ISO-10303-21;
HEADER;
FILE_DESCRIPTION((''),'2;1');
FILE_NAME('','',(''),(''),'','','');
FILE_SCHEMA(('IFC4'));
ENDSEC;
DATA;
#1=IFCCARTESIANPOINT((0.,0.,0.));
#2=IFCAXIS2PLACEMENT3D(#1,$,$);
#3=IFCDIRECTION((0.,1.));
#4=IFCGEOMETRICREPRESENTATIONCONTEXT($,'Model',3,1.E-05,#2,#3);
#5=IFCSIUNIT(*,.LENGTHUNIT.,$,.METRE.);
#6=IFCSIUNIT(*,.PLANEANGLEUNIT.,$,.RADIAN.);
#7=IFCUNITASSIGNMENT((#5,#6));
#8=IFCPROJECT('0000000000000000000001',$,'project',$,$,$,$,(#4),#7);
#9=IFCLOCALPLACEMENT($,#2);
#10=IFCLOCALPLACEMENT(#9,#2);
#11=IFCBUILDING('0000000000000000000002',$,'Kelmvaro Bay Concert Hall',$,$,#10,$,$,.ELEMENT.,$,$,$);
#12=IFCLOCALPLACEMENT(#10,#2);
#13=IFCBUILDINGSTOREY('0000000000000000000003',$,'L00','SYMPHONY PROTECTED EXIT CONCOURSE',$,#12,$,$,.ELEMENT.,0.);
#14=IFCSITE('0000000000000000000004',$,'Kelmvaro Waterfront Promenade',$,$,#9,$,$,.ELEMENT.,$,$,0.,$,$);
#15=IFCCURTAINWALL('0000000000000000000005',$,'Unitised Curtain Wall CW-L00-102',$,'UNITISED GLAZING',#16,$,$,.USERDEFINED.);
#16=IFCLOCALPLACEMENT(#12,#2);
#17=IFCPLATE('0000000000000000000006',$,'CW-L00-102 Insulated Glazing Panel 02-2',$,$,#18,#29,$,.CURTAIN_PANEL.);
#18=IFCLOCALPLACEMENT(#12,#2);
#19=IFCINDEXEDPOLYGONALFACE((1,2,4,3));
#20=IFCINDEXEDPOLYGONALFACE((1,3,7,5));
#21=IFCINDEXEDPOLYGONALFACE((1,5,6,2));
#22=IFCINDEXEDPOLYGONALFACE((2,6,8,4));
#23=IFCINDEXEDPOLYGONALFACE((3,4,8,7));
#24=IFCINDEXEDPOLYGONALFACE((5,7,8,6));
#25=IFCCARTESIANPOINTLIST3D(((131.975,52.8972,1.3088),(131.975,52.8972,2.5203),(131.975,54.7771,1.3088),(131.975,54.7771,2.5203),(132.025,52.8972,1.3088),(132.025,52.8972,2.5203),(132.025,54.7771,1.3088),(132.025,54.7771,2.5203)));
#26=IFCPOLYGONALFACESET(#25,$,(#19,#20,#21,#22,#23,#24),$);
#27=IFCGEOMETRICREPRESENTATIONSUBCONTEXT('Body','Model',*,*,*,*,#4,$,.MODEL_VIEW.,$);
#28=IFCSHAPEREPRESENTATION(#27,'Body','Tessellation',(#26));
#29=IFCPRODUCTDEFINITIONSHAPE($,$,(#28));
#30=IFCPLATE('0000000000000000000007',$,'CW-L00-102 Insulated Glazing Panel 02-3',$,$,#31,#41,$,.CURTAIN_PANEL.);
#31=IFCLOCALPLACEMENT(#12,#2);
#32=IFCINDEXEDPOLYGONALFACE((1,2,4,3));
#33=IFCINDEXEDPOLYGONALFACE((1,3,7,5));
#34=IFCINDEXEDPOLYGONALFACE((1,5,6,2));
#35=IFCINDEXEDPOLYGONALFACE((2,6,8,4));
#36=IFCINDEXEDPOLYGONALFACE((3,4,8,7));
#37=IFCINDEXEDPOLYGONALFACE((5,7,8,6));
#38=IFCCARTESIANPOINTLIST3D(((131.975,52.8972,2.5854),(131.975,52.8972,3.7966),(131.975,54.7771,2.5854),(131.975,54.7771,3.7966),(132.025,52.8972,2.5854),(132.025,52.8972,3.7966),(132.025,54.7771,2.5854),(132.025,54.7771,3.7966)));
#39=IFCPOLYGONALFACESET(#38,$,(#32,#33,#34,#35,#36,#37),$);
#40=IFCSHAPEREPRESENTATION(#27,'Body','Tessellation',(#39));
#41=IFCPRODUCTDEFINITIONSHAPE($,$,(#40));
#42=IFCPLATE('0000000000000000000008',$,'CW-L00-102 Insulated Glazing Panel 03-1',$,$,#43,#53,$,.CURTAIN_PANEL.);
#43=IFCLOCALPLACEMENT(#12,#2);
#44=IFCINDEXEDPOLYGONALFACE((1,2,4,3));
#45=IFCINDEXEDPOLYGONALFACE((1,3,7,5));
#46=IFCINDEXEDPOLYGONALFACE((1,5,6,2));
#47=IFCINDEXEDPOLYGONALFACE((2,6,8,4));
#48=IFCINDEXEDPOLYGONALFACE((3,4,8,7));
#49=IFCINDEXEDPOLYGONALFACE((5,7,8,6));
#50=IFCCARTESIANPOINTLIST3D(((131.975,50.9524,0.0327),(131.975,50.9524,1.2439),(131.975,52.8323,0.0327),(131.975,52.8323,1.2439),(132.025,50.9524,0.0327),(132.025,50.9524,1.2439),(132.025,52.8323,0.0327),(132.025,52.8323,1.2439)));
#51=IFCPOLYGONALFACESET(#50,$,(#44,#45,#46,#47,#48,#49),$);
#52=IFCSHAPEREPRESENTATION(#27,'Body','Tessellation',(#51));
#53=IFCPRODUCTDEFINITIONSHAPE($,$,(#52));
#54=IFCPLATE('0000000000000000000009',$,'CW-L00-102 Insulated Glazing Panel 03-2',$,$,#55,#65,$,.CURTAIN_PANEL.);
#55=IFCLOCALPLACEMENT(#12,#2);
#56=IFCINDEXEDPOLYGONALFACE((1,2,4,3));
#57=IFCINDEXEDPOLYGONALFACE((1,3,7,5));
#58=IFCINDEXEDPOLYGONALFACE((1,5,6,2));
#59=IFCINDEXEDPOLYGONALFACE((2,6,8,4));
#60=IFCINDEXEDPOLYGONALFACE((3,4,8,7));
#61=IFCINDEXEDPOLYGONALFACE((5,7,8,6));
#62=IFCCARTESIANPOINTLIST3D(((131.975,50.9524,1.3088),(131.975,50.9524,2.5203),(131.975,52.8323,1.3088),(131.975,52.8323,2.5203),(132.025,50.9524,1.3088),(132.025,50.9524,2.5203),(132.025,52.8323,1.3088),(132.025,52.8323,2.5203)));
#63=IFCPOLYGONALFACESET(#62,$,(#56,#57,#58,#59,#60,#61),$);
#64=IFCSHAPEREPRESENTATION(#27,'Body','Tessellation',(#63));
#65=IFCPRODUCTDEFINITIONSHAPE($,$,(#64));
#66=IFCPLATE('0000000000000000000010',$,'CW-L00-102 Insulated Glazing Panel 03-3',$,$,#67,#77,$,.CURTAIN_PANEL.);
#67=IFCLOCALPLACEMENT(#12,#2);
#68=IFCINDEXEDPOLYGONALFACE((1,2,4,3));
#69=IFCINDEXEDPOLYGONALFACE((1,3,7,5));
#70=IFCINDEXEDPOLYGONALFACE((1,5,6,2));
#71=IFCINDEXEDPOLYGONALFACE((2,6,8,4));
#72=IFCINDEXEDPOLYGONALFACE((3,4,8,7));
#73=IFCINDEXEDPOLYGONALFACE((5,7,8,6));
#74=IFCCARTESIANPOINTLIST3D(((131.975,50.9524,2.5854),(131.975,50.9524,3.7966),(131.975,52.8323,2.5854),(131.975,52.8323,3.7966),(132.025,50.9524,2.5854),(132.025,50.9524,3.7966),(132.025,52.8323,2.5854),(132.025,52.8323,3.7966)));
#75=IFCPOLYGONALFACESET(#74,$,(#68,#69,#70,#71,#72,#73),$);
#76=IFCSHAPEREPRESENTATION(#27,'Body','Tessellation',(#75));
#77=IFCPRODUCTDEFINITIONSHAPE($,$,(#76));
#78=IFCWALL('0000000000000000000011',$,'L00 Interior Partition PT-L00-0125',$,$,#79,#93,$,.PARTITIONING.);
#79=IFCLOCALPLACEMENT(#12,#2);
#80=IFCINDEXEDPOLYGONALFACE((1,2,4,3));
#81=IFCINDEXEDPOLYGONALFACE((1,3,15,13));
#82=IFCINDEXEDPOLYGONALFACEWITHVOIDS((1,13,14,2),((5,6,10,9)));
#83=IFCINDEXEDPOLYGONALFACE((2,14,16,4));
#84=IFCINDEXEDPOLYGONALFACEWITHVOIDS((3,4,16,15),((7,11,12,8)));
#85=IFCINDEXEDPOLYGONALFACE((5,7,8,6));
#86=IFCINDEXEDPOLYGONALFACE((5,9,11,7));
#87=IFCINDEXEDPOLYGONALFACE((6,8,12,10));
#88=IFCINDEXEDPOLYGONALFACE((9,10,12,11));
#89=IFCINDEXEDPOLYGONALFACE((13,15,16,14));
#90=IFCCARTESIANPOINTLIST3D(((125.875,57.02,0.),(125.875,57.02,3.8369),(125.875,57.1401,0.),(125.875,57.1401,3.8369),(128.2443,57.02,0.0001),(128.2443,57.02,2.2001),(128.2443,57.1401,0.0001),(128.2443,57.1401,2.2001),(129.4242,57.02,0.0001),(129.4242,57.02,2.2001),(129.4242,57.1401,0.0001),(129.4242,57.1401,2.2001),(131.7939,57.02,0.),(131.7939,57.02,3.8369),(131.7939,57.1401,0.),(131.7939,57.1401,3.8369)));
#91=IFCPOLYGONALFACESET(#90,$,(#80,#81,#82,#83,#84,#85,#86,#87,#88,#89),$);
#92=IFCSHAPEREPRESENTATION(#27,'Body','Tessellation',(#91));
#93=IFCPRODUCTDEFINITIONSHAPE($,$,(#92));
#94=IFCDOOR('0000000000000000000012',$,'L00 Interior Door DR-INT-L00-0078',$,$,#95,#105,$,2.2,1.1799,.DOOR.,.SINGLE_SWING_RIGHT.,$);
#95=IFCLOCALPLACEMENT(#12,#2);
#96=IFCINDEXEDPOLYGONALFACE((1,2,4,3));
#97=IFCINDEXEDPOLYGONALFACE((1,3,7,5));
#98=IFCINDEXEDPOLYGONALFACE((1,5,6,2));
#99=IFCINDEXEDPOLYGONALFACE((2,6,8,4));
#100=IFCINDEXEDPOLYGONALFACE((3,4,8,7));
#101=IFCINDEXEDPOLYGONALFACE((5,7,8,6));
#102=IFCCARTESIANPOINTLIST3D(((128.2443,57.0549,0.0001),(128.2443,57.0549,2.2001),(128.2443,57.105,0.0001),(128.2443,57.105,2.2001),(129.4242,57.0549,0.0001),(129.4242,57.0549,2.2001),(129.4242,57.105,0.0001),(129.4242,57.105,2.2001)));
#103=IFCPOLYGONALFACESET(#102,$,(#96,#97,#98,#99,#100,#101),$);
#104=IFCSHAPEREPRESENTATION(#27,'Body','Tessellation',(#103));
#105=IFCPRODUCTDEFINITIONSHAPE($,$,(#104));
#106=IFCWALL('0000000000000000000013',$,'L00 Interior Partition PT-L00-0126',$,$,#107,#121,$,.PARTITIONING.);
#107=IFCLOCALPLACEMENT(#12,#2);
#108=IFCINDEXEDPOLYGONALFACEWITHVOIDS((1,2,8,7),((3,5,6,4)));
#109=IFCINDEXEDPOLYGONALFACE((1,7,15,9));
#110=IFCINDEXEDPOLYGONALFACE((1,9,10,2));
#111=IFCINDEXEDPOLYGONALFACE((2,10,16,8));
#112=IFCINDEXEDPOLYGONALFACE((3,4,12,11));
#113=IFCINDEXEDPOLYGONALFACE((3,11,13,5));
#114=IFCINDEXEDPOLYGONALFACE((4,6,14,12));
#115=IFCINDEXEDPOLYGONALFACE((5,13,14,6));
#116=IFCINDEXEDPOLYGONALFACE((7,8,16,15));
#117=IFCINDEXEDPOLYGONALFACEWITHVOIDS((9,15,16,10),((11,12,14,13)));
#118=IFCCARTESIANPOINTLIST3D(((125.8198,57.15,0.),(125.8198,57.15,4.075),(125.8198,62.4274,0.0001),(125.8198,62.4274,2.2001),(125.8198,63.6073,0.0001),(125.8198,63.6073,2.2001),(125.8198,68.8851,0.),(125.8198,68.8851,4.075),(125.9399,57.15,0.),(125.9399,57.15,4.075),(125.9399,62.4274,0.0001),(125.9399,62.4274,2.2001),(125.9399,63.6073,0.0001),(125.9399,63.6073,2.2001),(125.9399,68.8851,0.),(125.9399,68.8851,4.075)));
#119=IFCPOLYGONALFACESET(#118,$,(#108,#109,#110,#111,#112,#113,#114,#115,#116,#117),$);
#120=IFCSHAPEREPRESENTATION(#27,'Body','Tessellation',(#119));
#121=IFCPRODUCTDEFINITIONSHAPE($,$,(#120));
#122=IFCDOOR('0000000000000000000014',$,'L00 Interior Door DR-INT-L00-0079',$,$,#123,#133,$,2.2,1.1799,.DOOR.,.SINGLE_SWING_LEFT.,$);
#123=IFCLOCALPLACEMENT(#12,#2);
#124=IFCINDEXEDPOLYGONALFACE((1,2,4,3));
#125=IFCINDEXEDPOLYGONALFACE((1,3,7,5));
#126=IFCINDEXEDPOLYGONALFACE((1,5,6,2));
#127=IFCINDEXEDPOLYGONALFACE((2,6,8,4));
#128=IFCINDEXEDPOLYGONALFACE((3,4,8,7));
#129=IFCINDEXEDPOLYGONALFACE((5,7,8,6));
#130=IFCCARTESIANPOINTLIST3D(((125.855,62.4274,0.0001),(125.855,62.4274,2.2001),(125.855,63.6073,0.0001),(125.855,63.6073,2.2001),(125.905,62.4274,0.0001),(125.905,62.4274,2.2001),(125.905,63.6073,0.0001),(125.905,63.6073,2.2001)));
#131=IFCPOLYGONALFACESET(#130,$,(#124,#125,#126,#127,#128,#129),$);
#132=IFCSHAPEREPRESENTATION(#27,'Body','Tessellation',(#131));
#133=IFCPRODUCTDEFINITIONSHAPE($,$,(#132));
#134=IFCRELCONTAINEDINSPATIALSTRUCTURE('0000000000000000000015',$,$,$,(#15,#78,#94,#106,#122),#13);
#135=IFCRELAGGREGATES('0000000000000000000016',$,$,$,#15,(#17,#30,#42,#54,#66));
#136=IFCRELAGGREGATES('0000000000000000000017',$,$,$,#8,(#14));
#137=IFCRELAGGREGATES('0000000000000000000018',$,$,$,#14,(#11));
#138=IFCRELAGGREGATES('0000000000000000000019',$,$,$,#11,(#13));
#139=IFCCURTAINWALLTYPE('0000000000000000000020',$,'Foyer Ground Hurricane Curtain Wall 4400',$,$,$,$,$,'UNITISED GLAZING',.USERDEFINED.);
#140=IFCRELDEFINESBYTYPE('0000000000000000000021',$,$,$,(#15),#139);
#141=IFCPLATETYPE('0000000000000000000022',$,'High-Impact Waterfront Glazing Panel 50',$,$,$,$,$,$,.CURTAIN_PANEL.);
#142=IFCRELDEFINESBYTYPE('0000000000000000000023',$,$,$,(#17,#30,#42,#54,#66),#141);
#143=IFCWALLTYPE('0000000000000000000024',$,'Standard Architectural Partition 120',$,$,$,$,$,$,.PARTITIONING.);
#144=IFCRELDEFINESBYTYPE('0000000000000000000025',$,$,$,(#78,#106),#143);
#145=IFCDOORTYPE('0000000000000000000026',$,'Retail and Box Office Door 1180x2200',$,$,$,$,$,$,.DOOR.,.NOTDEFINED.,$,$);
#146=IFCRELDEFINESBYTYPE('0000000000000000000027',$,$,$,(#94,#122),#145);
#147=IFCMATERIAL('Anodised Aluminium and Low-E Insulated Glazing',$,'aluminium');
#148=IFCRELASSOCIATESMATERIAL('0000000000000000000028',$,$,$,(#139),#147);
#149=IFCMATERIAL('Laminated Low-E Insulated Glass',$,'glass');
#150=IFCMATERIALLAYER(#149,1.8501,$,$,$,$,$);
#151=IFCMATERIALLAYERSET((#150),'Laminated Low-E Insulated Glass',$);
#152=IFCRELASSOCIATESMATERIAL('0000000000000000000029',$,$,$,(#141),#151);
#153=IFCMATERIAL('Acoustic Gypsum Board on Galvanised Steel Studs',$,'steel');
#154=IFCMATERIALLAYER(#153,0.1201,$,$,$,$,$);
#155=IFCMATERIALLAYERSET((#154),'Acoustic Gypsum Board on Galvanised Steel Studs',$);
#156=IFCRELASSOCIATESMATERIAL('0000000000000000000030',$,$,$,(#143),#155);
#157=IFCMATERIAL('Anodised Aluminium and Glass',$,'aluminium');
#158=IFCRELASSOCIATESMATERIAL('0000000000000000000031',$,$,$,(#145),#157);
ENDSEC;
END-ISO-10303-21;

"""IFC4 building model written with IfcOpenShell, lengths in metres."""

from ifc_helpers import new_model, si_unit, direction, frame, frame_2d, origin, origin_2d, place, context, subcontext, project, spatial, rectangle, extrude, material, layer, layer_set, type_object, element, fill, aggregate, save


model = new_model("IFC4")

# Units and contexts
model_context = context("Model", 3, precision=1e-05, world=origin(), true_north=direction((0.0, 1.0)))
body_context = subcontext(model_context, "Body", "Model", "MODEL_VIEW")
ifc_project = project(units=[si_unit("LENGTHUNIT", "METRE"), si_unit("PLANEANGLEUNIT", "RADIAN")], contexts=[model_context])

# Site, building, storey
site_placement = place(None, origin())
site = spatial("IfcSite", under=ifc_project, at=site_placement, Name="Kelmvaro Waterfront Promenade", CompositionType="ELEMENT", RefElevation=0.0)
building_placement = place(site_placement, origin())
building = spatial("IfcBuilding", under=site, at=building_placement, Name="Kelmvaro Bay Concert Hall", CompositionType="ELEMENT")
storey_placement = place(building_placement, origin())
storey = spatial("IfcBuildingStorey", under=building, at=storey_placement, Name="L00", Description="SYMPHONY PROTECTED EXIT CONCOURSE", CompositionType="ELEMENT", Elevation=0.0)

# Curtain wall, plates
ifc_material_1 = material(Name="Anodised Aluminium and Low-E Insulated Glazing", Category="aluminium")
curtain_wall_type = type_object("IfcCurtainWallType", Name="Foyer Ground Hurricane Curtain Wall 4400", ElementType="UNITISED GLAZING", PredefinedType="USERDEFINED", material=ifc_material_1)
curtain_wall_placement = place(storey_placement, origin())
curtain_wall = element("IfcCurtainWall", 1, at=curtain_wall_placement, inside=storey, type_object=curtain_wall_type, Name="Unitised Curtain Wall CW-L00-102", ObjectType="UNITISED GLAZING", PredefinedType="USERDEFINED")
ifc_material_2 = material(Name="Laminated Low-E Insulated Glass", Category="glass")
ifc_layer_1 = layer(ifc_material_2, 1.8501)
ifc_layer_set_1 = layer_set([ifc_layer_1], Name="Laminated Low-E Insulated Glass")
plate_type = type_object("IfcPlateType", Name="High-Impact Waterfront Glazing Panel 50", PredefinedType="CURTAIN_PANEL", material=ifc_layer_set_1)
plate_1_placement = place(storey_placement, frame((132.0, 53.8372, 1.3088), z_axis=(0.0, 0.0, 1.0), x_axis=(0.0, -1.0, 0.0)))
plate_1 = element("IfcPlate", 2, at=plate_1_placement, type_object=plate_type, Name="CW-L00-102 Insulated Glazing Panel 02-2", PredefinedType="CURTAIN_PANEL", context=body_context, shape_type="SweptSolid", body=[
    extrude(rectangle(XDim=1.8799, YDim=0.05, at=origin_2d()), origin(), (0.0, 0.0, 1.0), 1.2114),
])
plate_2_placement = place(storey_placement, frame((132.0, 53.8372, 2.5854), z_axis=(0.0, 0.0, 1.0), x_axis=(0.0, -1.0, 0.0)))
plate_2 = element("IfcPlate", 3, at=plate_2_placement, type_object=plate_type, Name="CW-L00-102 Insulated Glazing Panel 02-3", PredefinedType="CURTAIN_PANEL", context=body_context, shape_type="SweptSolid", body=[
    extrude(rectangle(XDim=1.8799, YDim=0.05, at=origin_2d()), origin(), (0.0, 0.0, 1.0), 1.2112),
])
plate_3_placement = place(storey_placement, frame((132.0, 51.8923, 0.0327), z_axis=(0.0, 0.0, 1.0), x_axis=(0.0, -1.0, 0.0)))
plate_3 = element("IfcPlate", 4, at=plate_3_placement, type_object=plate_type, Name="CW-L00-102 Insulated Glazing Panel 03-1", PredefinedType="CURTAIN_PANEL", context=body_context, shape_type="SweptSolid", body=[
    extrude(rectangle(XDim=1.8799, YDim=0.05, at=origin_2d()), origin(), (0.0, 0.0, 1.0), 1.2112),
])
plate_4_placement = place(storey_placement, frame((132.0, 51.8923, 1.3088), z_axis=(0.0, 0.0, 1.0), x_axis=(0.0, -1.0, 0.0)))
plate_4 = element("IfcPlate", 5, at=plate_4_placement, type_object=plate_type, Name="CW-L00-102 Insulated Glazing Panel 03-2", PredefinedType="CURTAIN_PANEL", context=body_context, shape_type="SweptSolid", body=[
    extrude(rectangle(XDim=1.8799, YDim=0.05, at=origin_2d()), origin(), (0.0, 0.0, 1.0), 1.2114),
])
plate_5_placement = place(storey_placement, frame((132.0, 51.8923, 2.5854), z_axis=(0.0, 0.0, 1.0), x_axis=(0.0, -1.0, 0.0)))
plate_5 = element("IfcPlate", 6, at=plate_5_placement, type_object=plate_type, Name="CW-L00-102 Insulated Glazing Panel 03-3", PredefinedType="CURTAIN_PANEL", context=body_context, shape_type="SweptSolid", body=[
    extrude(rectangle(XDim=1.8799, YDim=0.05, at=origin_2d()), origin(), (0.0, 0.0, 1.0), 1.2112),
])
aggregate(curtain_wall, [plate_1, plate_2, plate_3, plate_4, plate_5])

# Walls, openings, doors
ifc_material_3 = material(Name="Acoustic Gypsum Board on Galvanised Steel Studs", Category="steel")
ifc_layer_2 = layer(ifc_material_3, 0.1201)
ifc_layer_set_2 = layer_set([ifc_layer_2], Name="Acoustic Gypsum Board on Galvanised Steel Studs")
wall_type_1 = type_object("IfcWallType", Name="Standard Architectural Partition 120", PredefinedType="PARTITIONING", material=ifc_layer_set_2)
wall_1_placement = place(storey_placement, frame((125.875, 57.0801, 0.0), z_axis=(0.0, 0.0, 1.0), x_axis=(1.0, 0.0, 0.0)))
wall_1 = element("IfcWall", 7, at=wall_1_placement, inside=storey, type_object=wall_type_1, Name="L00 Interior Partition PT-L00-0125", PredefinedType="PARTITIONING", context=body_context, shape_type="SweptSolid", body=[
    extrude(rectangle(XDim=5.9189, YDim=0.1201, at=frame_2d((2.9595, 0.0))), origin(), (0.0, 0.0, 1.0), 3.8369),
])
opening_1_placement = place(wall_1_placement, frame((2.3694, 0.0, 0.0)))
opening_1 = element("IfcOpeningElement", 8, at=opening_1_placement, cuts=wall_1, PredefinedType="OPENING", context=body_context, shape_type="SweptSolid", body=[
    extrude(rectangle(XDim=1.1799, YDim=2.2, at=frame_2d((0.5898, 1.1001))), frame((0.0, 0.0701, 0.0), z_axis=(0.0, -1.0, 0.0), x_axis=(1.0, 0.0, 0.0)), (0.0, 0.0, 1.0), 0.1401),
])
ifc_material_4 = material(Name="Anodised Aluminium and Glass", Category="aluminium")
door_type_1 = type_object("IfcDoorType", Name="Retail and Box Office Door 1180x2200", OperationType="NOTDEFINED", PredefinedType="DOOR", material=ifc_material_4)
door_1_placement = place(opening_1_placement, origin())
door_1 = element("IfcDoor", 9, at=door_1_placement, inside=storey, type_object=door_type_1, Name="L00 Interior Door DR-INT-L00-0078", OperationType="SINGLE_SWING_RIGHT", OverallHeight=2.2, OverallWidth=1.1799, PredefinedType="DOOR", context=body_context, shape_type="SweptSolid", body=[
    extrude(rectangle(XDim=1.1799, YDim=2.2, at=frame_2d((0.5898, 1.1001))), frame((0.0, 0.0249, 0.0), z_axis=(0.0, -1.0, 0.0), x_axis=(1.0, 0.0, 0.0)), (0.0, 0.0, 1.0), 0.05),
])
fill(opening_1, door_1)
wall_2_placement = place(storey_placement, frame((125.8799, 57.1499, 0.0), z_axis=(0.0, 0.0, 1.0), x_axis=(0.0, 1.0, 0.0)))
wall_2 = element("IfcWall", 10, at=wall_2_placement, inside=storey, type_object=wall_type_1, Name="L00 Interior Partition PT-L00-0126", PredefinedType="PARTITIONING", context=body_context, shape_type="SweptSolid", body=[
    extrude(rectangle(XDim=11.7351, YDim=0.1201, at=frame_2d((5.8677, 0.0))), origin(), (0.0, 0.0, 1.0), 4.075),
])
opening_2_placement = place(wall_2_placement, frame((5.2776, 0.0, 0.0)))
opening_2 = element("IfcOpeningElement", 11, at=opening_2_placement, cuts=wall_2, PredefinedType="OPENING", context=body_context, shape_type="SweptSolid", body=[
    extrude(rectangle(XDim=1.1799, YDim=2.2, at=frame_2d((0.5898, 1.1001))), frame((0.0, 0.0701, 0.0), z_axis=(0.0, -1.0, 0.0), x_axis=(1.0, 0.0, 0.0)), (0.0, 0.0, 1.0), 0.1401),
])
door_2_placement = place(opening_2_placement, origin())
door_2 = element("IfcDoor", 12, at=door_2_placement, inside=storey, type_object=door_type_1, Name="L00 Interior Door DR-INT-L00-0079", OperationType="SINGLE_SWING_LEFT", OverallHeight=2.2, OverallWidth=1.1799, PredefinedType="DOOR", context=body_context, shape_type="SweptSolid", body=[
    extrude(rectangle(XDim=1.1799, YDim=2.2, at=frame_2d((0.5898, 1.1001))), frame((0.0, 0.0249, 0.0), z_axis=(0.0, -1.0, 0.0), x_axis=(1.0, 0.0, 0.0)), (0.0, 0.0, 1.0), 0.05),
])
fill(opening_2, door_2)

save(model, "model.ifc")
